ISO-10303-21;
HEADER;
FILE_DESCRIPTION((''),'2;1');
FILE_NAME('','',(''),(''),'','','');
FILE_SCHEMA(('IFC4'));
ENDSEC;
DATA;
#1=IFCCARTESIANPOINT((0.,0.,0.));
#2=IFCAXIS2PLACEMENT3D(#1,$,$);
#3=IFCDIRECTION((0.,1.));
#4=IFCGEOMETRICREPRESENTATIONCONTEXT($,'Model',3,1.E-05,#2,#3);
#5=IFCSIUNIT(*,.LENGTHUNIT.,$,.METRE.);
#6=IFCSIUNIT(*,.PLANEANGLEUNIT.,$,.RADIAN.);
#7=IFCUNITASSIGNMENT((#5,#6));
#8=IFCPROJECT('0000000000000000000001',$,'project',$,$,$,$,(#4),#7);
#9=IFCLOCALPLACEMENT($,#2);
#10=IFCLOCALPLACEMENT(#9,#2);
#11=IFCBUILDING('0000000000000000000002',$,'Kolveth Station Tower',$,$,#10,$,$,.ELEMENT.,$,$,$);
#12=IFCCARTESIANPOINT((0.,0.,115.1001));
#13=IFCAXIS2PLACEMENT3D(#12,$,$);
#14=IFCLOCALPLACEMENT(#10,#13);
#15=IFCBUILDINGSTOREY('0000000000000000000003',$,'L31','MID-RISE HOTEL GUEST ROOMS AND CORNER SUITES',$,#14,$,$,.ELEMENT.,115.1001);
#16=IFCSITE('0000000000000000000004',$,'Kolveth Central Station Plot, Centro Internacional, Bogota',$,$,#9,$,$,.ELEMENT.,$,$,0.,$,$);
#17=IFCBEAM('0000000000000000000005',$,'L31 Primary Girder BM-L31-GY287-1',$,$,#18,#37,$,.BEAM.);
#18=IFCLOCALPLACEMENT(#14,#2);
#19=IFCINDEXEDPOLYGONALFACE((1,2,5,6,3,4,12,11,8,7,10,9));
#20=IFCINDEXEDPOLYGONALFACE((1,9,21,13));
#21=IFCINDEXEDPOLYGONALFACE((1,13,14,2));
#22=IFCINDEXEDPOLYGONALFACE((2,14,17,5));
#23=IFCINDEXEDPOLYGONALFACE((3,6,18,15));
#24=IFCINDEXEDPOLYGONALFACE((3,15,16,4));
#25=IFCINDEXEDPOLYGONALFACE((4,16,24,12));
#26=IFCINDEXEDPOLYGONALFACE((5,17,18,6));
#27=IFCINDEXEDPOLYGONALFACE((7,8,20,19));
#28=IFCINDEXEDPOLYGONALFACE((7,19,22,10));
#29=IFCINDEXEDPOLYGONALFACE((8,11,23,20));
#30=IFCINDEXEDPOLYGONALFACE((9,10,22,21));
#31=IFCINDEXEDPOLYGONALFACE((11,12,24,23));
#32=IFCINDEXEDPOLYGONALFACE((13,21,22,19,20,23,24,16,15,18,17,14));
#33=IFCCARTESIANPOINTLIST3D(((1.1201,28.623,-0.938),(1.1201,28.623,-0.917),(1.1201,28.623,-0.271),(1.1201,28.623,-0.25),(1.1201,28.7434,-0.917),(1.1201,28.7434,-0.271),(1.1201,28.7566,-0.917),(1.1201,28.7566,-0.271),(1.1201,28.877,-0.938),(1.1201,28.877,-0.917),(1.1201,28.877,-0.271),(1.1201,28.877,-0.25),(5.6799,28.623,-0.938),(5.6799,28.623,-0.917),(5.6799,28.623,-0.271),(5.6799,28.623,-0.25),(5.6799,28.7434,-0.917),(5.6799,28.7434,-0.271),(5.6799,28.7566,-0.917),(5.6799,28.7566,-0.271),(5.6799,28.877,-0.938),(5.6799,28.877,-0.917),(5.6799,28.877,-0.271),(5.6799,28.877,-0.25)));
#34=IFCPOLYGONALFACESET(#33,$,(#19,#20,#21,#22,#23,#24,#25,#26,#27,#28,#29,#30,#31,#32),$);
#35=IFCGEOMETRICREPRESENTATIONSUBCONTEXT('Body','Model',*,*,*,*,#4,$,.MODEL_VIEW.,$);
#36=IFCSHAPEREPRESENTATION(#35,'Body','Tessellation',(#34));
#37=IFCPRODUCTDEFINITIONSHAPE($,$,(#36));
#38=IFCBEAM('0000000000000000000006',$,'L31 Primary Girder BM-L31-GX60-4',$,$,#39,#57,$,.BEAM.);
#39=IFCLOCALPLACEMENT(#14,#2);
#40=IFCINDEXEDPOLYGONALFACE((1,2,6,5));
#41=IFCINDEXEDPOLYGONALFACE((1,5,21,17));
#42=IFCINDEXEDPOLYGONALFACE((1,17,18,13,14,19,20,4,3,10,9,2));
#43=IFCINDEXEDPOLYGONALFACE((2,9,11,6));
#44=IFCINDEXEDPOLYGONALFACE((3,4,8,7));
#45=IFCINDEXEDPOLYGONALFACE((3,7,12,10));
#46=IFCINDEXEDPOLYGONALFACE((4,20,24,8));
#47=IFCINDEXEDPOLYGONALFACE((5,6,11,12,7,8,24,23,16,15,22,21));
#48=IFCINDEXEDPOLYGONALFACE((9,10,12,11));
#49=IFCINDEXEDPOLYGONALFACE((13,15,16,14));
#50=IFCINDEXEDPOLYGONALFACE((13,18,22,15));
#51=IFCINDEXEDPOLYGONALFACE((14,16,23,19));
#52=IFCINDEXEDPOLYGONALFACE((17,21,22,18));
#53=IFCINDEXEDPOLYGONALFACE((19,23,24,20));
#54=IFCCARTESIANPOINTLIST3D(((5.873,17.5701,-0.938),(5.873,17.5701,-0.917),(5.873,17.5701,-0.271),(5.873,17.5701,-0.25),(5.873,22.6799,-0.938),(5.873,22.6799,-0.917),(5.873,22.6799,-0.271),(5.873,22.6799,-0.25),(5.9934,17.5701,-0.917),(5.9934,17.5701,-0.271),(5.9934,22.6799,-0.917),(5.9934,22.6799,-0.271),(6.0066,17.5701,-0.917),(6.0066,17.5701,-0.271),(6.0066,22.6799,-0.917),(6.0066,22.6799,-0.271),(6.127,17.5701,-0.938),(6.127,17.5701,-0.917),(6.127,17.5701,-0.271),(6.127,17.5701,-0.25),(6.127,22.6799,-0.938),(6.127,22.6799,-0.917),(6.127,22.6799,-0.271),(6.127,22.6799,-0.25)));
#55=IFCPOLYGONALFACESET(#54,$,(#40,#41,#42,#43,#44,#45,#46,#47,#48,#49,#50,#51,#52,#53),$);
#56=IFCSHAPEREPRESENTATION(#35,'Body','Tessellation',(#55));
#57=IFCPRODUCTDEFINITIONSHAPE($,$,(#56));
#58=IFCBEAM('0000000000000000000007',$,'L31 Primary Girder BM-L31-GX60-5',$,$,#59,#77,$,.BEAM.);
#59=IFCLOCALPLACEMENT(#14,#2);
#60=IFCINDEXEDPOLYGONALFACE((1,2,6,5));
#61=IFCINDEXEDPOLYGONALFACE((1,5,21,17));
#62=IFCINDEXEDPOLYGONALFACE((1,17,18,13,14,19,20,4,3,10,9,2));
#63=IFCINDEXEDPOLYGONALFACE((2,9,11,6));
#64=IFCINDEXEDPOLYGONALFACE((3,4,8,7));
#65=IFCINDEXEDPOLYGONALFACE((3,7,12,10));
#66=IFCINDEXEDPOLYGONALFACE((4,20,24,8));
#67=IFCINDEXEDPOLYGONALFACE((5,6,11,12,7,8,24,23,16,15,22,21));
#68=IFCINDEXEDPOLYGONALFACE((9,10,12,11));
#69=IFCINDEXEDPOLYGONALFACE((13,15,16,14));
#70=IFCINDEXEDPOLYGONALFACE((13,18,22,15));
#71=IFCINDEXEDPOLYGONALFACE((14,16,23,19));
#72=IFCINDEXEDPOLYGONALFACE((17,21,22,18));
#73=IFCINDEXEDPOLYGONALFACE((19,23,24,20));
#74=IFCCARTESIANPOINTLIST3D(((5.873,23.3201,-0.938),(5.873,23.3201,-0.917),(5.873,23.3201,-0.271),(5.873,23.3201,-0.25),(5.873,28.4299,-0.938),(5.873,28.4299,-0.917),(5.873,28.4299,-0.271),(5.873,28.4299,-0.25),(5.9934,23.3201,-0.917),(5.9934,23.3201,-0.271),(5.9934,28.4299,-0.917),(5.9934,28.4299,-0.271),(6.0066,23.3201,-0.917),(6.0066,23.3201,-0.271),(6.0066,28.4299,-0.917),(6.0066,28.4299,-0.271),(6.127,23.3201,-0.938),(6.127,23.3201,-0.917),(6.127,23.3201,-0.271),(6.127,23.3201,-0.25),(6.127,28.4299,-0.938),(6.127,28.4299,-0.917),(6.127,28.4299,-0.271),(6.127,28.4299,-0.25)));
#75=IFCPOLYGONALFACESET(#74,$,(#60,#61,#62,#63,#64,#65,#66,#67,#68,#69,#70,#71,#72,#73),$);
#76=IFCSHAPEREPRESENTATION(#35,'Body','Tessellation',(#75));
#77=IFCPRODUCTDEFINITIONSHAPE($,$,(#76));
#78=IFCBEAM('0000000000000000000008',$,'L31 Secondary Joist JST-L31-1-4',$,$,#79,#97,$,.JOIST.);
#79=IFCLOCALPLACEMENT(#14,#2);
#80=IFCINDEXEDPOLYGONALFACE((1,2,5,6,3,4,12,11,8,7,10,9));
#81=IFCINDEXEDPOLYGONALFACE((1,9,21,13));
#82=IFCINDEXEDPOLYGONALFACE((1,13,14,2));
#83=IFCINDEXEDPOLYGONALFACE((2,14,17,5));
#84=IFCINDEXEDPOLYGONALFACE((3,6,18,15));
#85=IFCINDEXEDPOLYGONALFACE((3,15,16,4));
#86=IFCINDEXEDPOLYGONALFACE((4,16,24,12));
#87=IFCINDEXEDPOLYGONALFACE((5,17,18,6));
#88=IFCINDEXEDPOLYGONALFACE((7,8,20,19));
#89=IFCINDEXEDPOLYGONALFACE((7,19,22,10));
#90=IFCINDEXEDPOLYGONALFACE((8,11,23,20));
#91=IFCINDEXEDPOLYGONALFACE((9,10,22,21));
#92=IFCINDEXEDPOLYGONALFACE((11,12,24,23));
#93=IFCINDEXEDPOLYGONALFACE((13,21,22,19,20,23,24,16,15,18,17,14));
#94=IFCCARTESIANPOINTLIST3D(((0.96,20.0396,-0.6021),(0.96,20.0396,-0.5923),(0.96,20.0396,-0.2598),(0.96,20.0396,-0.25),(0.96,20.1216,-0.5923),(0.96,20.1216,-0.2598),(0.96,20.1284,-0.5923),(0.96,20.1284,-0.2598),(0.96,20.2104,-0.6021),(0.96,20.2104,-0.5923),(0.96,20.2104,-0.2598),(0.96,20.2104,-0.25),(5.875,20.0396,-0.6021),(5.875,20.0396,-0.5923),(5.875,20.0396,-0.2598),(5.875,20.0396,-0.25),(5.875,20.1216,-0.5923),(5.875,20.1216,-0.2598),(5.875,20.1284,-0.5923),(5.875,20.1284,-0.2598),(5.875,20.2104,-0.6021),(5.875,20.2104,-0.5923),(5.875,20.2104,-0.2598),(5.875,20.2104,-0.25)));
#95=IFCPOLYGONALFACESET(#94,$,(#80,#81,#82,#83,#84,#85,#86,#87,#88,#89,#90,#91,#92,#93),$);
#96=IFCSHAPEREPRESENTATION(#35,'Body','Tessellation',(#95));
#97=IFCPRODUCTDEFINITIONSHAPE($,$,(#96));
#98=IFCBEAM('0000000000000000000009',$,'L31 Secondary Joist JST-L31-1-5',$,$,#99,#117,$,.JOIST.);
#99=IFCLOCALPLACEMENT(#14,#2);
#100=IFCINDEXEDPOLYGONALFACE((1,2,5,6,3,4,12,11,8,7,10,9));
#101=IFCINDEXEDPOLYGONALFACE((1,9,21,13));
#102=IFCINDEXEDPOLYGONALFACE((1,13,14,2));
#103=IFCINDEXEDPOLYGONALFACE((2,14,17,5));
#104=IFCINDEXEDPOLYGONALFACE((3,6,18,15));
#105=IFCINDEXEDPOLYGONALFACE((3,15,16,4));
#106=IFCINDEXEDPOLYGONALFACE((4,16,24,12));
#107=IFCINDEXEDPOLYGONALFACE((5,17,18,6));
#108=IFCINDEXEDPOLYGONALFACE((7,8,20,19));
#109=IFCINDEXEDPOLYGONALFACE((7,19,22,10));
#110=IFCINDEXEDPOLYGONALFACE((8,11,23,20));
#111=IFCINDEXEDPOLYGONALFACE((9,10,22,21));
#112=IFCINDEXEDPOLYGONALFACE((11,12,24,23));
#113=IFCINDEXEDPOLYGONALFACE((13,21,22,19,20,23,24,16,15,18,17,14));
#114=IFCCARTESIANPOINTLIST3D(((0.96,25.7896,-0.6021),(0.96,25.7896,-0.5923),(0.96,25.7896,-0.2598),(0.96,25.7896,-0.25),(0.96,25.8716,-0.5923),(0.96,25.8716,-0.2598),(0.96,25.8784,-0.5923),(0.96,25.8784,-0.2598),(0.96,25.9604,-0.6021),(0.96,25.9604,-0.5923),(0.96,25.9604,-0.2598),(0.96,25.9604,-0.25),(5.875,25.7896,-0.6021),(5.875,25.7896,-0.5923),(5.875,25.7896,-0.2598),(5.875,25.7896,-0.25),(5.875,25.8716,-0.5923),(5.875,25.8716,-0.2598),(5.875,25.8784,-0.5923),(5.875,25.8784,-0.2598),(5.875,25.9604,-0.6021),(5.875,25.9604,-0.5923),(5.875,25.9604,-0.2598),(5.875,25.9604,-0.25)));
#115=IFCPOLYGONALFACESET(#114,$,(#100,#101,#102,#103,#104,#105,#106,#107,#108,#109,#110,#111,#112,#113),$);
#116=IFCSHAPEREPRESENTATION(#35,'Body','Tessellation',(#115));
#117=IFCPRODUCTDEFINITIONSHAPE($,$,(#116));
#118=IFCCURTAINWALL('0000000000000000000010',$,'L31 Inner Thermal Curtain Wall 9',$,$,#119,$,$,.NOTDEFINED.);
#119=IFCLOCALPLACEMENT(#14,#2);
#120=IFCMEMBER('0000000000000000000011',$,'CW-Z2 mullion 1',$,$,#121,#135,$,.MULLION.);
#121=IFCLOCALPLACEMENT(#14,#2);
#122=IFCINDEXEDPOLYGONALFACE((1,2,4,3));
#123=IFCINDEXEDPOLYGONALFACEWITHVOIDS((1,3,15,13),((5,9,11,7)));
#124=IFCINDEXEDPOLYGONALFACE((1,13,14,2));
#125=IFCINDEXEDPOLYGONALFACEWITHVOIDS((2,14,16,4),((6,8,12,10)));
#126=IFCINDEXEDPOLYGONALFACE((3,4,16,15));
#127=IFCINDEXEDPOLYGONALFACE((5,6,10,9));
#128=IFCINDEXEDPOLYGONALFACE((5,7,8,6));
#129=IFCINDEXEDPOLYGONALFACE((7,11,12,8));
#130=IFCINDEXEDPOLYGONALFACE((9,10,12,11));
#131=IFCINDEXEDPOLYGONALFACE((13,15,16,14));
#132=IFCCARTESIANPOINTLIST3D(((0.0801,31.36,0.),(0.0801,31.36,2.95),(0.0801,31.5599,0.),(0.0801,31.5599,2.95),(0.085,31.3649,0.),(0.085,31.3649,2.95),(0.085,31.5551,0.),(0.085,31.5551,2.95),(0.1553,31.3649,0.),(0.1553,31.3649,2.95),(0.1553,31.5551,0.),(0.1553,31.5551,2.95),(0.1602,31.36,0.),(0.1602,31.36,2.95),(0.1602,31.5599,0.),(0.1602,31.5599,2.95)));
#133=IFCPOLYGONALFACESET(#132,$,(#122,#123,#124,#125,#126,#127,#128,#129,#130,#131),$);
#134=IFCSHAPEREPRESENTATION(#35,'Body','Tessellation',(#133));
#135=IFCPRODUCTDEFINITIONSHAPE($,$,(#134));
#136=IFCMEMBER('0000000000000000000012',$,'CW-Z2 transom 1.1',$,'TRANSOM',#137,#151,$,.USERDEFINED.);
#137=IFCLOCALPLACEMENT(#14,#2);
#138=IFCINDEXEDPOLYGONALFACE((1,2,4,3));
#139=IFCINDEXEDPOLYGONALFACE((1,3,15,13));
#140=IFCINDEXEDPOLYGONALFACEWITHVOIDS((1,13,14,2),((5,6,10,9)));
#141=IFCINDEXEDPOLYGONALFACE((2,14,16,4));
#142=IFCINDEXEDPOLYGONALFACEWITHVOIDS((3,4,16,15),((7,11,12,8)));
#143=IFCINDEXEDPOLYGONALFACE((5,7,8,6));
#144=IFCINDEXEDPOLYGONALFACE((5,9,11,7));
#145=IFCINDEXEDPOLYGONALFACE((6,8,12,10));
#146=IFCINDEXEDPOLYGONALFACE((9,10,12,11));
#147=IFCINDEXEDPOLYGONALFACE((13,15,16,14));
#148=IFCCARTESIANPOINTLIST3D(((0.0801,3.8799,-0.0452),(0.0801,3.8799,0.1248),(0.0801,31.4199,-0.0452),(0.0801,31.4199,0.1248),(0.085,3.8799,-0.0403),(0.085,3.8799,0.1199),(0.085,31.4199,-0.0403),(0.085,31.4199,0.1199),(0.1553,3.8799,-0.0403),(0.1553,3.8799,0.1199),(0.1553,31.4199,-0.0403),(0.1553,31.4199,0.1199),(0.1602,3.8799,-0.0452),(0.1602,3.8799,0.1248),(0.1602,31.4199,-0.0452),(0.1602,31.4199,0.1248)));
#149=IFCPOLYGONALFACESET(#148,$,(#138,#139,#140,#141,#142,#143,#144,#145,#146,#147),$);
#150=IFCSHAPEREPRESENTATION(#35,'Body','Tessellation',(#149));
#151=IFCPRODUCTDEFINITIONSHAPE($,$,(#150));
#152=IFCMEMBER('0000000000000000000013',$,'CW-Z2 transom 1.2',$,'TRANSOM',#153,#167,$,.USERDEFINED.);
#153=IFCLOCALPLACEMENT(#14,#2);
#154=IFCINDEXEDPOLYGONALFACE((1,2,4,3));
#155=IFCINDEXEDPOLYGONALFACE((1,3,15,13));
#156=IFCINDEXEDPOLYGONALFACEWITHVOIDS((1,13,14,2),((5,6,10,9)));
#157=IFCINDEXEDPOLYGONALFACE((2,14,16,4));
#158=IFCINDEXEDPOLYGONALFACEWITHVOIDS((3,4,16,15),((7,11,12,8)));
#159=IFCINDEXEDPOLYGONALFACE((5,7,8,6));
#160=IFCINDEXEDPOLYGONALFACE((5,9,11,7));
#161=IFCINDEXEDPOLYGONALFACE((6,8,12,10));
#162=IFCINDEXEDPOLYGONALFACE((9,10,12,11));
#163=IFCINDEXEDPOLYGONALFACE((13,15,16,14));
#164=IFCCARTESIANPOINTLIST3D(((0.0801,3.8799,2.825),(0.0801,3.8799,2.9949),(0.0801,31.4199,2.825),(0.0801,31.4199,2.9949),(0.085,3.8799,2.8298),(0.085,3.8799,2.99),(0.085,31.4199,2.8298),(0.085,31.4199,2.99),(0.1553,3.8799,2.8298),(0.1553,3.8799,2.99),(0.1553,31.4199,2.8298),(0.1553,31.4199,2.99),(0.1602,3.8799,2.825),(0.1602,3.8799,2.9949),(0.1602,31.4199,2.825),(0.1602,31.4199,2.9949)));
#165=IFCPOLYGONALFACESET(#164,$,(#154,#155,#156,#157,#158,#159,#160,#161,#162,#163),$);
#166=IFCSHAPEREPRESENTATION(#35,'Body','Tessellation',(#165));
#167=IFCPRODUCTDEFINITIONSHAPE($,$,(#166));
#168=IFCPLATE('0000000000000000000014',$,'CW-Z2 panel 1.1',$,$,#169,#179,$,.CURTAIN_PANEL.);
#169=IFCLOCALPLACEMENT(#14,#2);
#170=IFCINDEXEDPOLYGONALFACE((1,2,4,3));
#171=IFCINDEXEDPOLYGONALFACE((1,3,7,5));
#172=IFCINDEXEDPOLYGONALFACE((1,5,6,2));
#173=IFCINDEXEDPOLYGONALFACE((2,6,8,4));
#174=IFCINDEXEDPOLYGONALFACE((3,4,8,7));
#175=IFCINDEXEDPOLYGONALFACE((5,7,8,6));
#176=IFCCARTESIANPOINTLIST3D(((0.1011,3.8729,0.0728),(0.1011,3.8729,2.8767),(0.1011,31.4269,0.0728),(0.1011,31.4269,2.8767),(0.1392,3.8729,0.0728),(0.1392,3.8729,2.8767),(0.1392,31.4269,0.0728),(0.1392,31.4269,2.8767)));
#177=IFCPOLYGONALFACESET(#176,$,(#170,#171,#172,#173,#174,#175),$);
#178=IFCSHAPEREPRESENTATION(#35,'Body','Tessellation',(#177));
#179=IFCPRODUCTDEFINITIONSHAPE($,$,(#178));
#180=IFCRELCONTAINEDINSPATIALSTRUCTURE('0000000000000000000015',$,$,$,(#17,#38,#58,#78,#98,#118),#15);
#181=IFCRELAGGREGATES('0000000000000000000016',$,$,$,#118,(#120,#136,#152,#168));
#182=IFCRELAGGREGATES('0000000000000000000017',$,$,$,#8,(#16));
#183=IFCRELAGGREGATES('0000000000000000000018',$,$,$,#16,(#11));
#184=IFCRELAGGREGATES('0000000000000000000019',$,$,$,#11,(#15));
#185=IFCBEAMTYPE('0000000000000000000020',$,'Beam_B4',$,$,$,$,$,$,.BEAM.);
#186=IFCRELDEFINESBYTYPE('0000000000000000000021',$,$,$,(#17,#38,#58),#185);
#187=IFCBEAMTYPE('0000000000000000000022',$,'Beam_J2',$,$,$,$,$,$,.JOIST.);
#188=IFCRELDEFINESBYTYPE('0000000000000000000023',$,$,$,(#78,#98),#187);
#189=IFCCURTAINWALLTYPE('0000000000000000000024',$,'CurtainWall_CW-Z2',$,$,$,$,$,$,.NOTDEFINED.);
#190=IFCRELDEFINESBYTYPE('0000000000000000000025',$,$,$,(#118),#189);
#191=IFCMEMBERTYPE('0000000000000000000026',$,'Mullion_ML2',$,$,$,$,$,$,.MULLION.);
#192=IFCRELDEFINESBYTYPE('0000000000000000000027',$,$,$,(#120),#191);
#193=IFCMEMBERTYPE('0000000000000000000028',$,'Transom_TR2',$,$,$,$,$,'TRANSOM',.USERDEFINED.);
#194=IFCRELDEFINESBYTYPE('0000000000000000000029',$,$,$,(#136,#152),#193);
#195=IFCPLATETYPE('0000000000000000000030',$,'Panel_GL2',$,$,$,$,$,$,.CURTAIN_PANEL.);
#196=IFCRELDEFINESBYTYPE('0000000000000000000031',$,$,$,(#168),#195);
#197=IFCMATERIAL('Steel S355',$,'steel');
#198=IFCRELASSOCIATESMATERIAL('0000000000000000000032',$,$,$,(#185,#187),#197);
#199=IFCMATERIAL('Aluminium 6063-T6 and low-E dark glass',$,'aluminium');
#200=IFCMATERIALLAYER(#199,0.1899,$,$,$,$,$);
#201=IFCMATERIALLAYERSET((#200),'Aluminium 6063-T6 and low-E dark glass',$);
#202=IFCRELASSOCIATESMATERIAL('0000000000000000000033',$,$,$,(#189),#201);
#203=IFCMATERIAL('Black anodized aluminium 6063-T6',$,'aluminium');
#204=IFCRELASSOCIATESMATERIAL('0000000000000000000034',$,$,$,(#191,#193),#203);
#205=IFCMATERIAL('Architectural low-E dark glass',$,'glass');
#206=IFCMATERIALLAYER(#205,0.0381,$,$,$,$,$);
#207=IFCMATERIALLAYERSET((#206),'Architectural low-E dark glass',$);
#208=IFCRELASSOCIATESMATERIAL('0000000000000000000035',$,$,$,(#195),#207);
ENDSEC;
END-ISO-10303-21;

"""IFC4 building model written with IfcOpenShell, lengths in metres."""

from ifc_helpers import new_model, si_unit, direction, frame, origin, origin_2d, place, context, subcontext, project, spatial, rectangle, hollow_rectangle, i_section, extrude, source, transform, mapped, material, layer, layer_set, material_profile, profile_set, type_object, element, aggregate, save


model = new_model("IFC4")

# Units and contexts
model_context = context("Model", 3, precision=1e-05, world=origin(), true_north=direction((0.0, 1.0)))
body_context = subcontext(model_context, "Body", "Model", "MODEL_VIEW")
ifc_project = project(units=[si_unit("LENGTHUNIT", "METRE"), si_unit("PLANEANGLEUNIT", "RADIAN")], contexts=[model_context])

# Site, building, storey
site_placement = place(None, origin())
site = spatial("IfcSite", under=ifc_project, at=site_placement, Name="Kolveth Central Station Plot, Centro Internacional, Bogota", CompositionType="ELEMENT", RefElevation=0.0)
building_placement = place(site_placement, origin())
building = spatial("IfcBuilding", under=site, at=building_placement, Name="Kolveth Station Tower", CompositionType="ELEMENT")
storey_placement = place(building_placement, frame((0.0, 0.0, 115.1001)))
storey = spatial("IfcBuildingStorey", under=building, at=storey_placement, Name="L31", Description="MID-RISE HOTEL GUEST ROOMS AND CORNER SUITES", CompositionType="ELEMENT", Elevation=115.1001)

# Beams
ifc_material_1 = material(Name="Steel S355", Category="steel")
ifc_material_profile_1 = material_profile(ifc_material_1, i_section(OverallWidth=0.2539, OverallDepth=0.688, WebThickness=0.0132, FlangeThickness=0.021, at=origin_2d()), Name="W690x152")
ifc_profile_set_1 = profile_set([ifc_material_profile_1], Name="Steel S355")
beam_type_1 = type_object("IfcBeamType", Name="Beam_B4", PredefinedType="BEAM", material=ifc_profile_set_1)
shared_shape_1 = source(origin(), body_context, "Body", "SweptSolid", [
    extrude(i_section(OverallWidth=0.2539, OverallDepth=0.688, WebThickness=0.0132, FlangeThickness=0.021, at=origin_2d()), origin(), (0.0, 0.0, 1.0), 4.5598),
])
for number, where, z_axis, x_axis, name in (
    (1, (1.1201, 28.75, -0.594), (1.0, 0.0, 0.0), (0.0, 1.0, 0.0), "L31 Primary Girder BM-L31-GY287-1"),
):
    element("IfcBeam", number, at=place(storey_placement, frame(where, z_axis=z_axis, x_axis=x_axis)), inside=storey, type_object=beam_type_1, Name=name, PredefinedType="BEAM", context=body_context, shape_type="MappedRepresentation", body=[
        mapped(shared_shape_1, transform((0.0, 0.0, 0.0), x_axis=(1.0, 0.0, 0.0), y_axis=(0.0, 1.0, 0.0), z_axis=(0.0, 0.0, 1.0), scale=1.0)),
    ])
shared_shape_2 = source(origin(), body_context, "Body", "SweptSolid", [
    extrude(i_section(OverallWidth=0.2539, OverallDepth=0.688, WebThickness=0.0132, FlangeThickness=0.021, at=origin_2d()), origin(), (0.0, 0.0, 1.0), 5.1099),
])
for number, where, z_axis, x_axis, name in (
    (2, (6.0, 17.5701, -0.594), (0.0, 1.0, 0.0), (-1.0, 0.0, 0.0), "L31 Primary Girder BM-L31-GX60-4"),
    (3, (6.0, 23.3201, -0.594), (0.0, 1.0, 0.0), (-1.0, 0.0, 0.0), "L31 Primary Girder BM-L31-GX60-5"),
):
    element("IfcBeam", number, at=place(storey_placement, frame(where, z_axis=z_axis, x_axis=x_axis)), inside=storey, type_object=beam_type_1, Name=name, PredefinedType="BEAM", context=body_context, shape_type="MappedRepresentation", body=[
        mapped(shared_shape_2, transform((0.0, 0.0, 0.0), x_axis=(1.0, 0.0, 0.0), y_axis=(0.0, 1.0, 0.0), z_axis=(0.0, 0.0, 1.0), scale=1.0)),
    ])
ifc_material_profile_2 = material_profile(ifc_material_1, i_section(OverallWidth=0.1709, OverallDepth=0.3521, WebThickness=0.0068, FlangeThickness=0.0098, at=origin_2d()), Name="W360x44")
ifc_profile_set_2 = profile_set([ifc_material_profile_2], Name="Steel S355")
beam_type_2 = type_object("IfcBeamType", Name="Beam_J2", PredefinedType="JOIST", material=ifc_profile_set_2)
shared_shape_3 = source(origin(), body_context, "Body", "SweptSolid", [
    extrude(i_section(OverallWidth=0.1709, OverallDepth=0.3521, WebThickness=0.0068, FlangeThickness=0.0098, at=origin_2d()), origin(), (0.0, 0.0, 1.0), 4.915),
])
for number, where, z_axis, x_axis, name in (
    (4, (0.96, 20.125, -0.426), (1.0, 0.0, 0.0), (0.0, 1.0, 0.0), "L31 Secondary Joist JST-L31-1-4"),
    (5, (0.96, 25.875, -0.426), (1.0, 0.0, 0.0), (0.0, 1.0, 0.0), "L31 Secondary Joist JST-L31-1-5"),
):
    element("IfcBeam", number, at=place(storey_placement, frame(where, z_axis=z_axis, x_axis=x_axis)), inside=storey, type_object=beam_type_2, Name=name, PredefinedType="JOIST", context=body_context, shape_type="MappedRepresentation", body=[
        mapped(shared_shape_3, transform((0.0, 0.0, 0.0), x_axis=(1.0, 0.0, 0.0), y_axis=(0.0, 1.0, 0.0), z_axis=(0.0, 0.0, 1.0), scale=1.0)),
    ])

# Curtain wall, members, plate
ifc_material_2 = material(Name="Aluminium 6063-T6 and low-E dark glass", Category="aluminium")
ifc_layer_1 = layer(ifc_material_2, 0.1899)
ifc_layer_set_1 = layer_set([ifc_layer_1], Name="Aluminium 6063-T6 and low-E dark glass")
curtain_wall_type_1 = type_object("IfcCurtainWallType", Name="CurtainWall_CW-Z2", PredefinedType="NOTDEFINED", material=ifc_layer_set_1)
curtain_wall_1_placement = place(storey_placement, origin())
curtain_wall_1 = element("IfcCurtainWall", 6, at=curtain_wall_1_placement, inside=storey, type_object=curtain_wall_type_1, Name="L31 Inner Thermal Curtain Wall 9", PredefinedType="NOTDEFINED")
ifc_material_3 = material(Name="Black anodized aluminium 6063-T6", Category="aluminium")
ifc_material_profile_3 = material_profile(ifc_material_3, hollow_rectangle(XDim=0.0801, YDim=0.2, WallThickness=0.0049, at=origin_2d()), Name="ALU-80x200x5")
ifc_profile_set_3 = profile_set([ifc_material_profile_3], Name="Black anodized aluminium 6063-T6")
member_type_1 = type_object("IfcMemberType", Name="Mullion_ML2", PredefinedType="MULLION", material=ifc_profile_set_3)
shared_shape_4 = source(origin(), body_context, "Body", "SweptSolid", [
    extrude(hollow_rectangle(XDim=0.0801, YDim=0.2, WallThickness=0.0049, at=origin_2d()), origin(), (0.0, 0.0, 1.0), 2.95),
])
member_1_placement = place(storey_placement, frame((0.1201, 31.46, 0.0), z_axis=(0.0, 0.0, 1.0), x_axis=(1.0, 0.0, 0.0)))
member_1 = element("IfcMember", 7, at=member_1_placement, type_object=member_type_1, Name="CW-Z2 mullion 1", PredefinedType="MULLION", context=body_context, shape_type="MappedRepresentation", body=[
    mapped(shared_shape_4, transform((0.0, 0.0, 0.0), x_axis=(1.0, 0.0, 0.0), y_axis=(0.0, 1.0, 0.0), z_axis=(0.0, 0.0, 1.0), scale=1.0)),
])
ifc_material_profile_4 = material_profile(ifc_material_3, hollow_rectangle(XDim=0.0801, YDim=0.1699, WallThickness=0.0049, at=origin_2d()), Name="ALU-80x170x5")
ifc_profile_set_4 = profile_set([ifc_material_profile_4], Name="Black anodized aluminium 6063-T6")
member_type_2 = type_object("IfcMemberType", Name="Transom_TR2", ElementType="TRANSOM", PredefinedType="USERDEFINED", material=ifc_profile_set_4)
shared_shape_5 = source(origin(), body_context, "Body", "SweptSolid", [
    extrude(hollow_rectangle(XDim=0.0801, YDim=0.1699, WallThickness=0.0049, at=origin_2d()), origin(), (0.0, 0.0, 1.0), 27.54),
])
member_2_placement = place(storey_placement, frame((0.1201, 31.4199, 0.0398), z_axis=(0.0, -1.0, 0.0), x_axis=(1.0, 0.0, 0.0)))
member_2 = element("IfcMember", 8, at=member_2_placement, type_object=member_type_2, Name="CW-Z2 transom 1.1", ObjectType="TRANSOM", PredefinedType="USERDEFINED", context=body_context, shape_type="MappedRepresentation", body=[
    mapped(shared_shape_5, transform((0.0, 0.0, 0.0), x_axis=(1.0, 0.0, 0.0), y_axis=(0.0, 1.0, 0.0), z_axis=(0.0, 0.0, 1.0), scale=1.0)),
])
member_3_placement = place(storey_placement, frame((0.1201, 31.4199, 2.9099), z_axis=(0.0, -1.0, 0.0), x_axis=(1.0, 0.0, 0.0)))
member_3 = element("IfcMember", 9, at=member_3_placement, type_object=member_type_2, Name="CW-Z2 transom 1.2", ObjectType="TRANSOM", PredefinedType="USERDEFINED", context=body_context, shape_type="MappedRepresentation", body=[
    mapped(shared_shape_5, transform((0.0, 0.0, 0.0), x_axis=(1.0, 0.0, 0.0), y_axis=(0.0, 1.0, 0.0), z_axis=(0.0, 0.0, 1.0), scale=1.0)),
])
ifc_material_4 = material(Name="Architectural low-E dark glass", Category="glass")
ifc_layer_2 = layer(ifc_material_4, 0.0381)
ifc_layer_set_2 = layer_set([ifc_layer_2], Name="Architectural low-E dark glass")
plate_type_1 = type_object("IfcPlateType", Name="Panel_GL2", PredefinedType="CURTAIN_PANEL", material=ifc_layer_set_2)
shared_shape_6 = source(origin(), body_context, "Body", "SweptSolid", [
    extrude(rectangle(XDim=27.554, YDim=0.0381, at=origin_2d()), origin(), (0.0, 0.0, 1.0), 2.804),
])
plate_1_placement = place(storey_placement, frame((0.1201, 17.6499, 0.0728), z_axis=(0.0, 0.0, 1.0), x_axis=(0.0, -1.0, 0.0)))
plate_1 = element("IfcPlate", 10, at=plate_1_placement, type_object=plate_type_1, Name="CW-Z2 panel 1.1", PredefinedType="CURTAIN_PANEL", context=body_context, shape_type="MappedRepresentation", body=[
    mapped(shared_shape_6, transform((0.0, 0.0, 0.0), x_axis=(1.0, 0.0, 0.0), y_axis=(0.0, 1.0, 0.0), z_axis=(0.0, 0.0, 1.0), scale=1.0)),
])
aggregate(curtain_wall_1, [member_1, member_2, member_3, plate_1])

save(model, "model.ifc")
